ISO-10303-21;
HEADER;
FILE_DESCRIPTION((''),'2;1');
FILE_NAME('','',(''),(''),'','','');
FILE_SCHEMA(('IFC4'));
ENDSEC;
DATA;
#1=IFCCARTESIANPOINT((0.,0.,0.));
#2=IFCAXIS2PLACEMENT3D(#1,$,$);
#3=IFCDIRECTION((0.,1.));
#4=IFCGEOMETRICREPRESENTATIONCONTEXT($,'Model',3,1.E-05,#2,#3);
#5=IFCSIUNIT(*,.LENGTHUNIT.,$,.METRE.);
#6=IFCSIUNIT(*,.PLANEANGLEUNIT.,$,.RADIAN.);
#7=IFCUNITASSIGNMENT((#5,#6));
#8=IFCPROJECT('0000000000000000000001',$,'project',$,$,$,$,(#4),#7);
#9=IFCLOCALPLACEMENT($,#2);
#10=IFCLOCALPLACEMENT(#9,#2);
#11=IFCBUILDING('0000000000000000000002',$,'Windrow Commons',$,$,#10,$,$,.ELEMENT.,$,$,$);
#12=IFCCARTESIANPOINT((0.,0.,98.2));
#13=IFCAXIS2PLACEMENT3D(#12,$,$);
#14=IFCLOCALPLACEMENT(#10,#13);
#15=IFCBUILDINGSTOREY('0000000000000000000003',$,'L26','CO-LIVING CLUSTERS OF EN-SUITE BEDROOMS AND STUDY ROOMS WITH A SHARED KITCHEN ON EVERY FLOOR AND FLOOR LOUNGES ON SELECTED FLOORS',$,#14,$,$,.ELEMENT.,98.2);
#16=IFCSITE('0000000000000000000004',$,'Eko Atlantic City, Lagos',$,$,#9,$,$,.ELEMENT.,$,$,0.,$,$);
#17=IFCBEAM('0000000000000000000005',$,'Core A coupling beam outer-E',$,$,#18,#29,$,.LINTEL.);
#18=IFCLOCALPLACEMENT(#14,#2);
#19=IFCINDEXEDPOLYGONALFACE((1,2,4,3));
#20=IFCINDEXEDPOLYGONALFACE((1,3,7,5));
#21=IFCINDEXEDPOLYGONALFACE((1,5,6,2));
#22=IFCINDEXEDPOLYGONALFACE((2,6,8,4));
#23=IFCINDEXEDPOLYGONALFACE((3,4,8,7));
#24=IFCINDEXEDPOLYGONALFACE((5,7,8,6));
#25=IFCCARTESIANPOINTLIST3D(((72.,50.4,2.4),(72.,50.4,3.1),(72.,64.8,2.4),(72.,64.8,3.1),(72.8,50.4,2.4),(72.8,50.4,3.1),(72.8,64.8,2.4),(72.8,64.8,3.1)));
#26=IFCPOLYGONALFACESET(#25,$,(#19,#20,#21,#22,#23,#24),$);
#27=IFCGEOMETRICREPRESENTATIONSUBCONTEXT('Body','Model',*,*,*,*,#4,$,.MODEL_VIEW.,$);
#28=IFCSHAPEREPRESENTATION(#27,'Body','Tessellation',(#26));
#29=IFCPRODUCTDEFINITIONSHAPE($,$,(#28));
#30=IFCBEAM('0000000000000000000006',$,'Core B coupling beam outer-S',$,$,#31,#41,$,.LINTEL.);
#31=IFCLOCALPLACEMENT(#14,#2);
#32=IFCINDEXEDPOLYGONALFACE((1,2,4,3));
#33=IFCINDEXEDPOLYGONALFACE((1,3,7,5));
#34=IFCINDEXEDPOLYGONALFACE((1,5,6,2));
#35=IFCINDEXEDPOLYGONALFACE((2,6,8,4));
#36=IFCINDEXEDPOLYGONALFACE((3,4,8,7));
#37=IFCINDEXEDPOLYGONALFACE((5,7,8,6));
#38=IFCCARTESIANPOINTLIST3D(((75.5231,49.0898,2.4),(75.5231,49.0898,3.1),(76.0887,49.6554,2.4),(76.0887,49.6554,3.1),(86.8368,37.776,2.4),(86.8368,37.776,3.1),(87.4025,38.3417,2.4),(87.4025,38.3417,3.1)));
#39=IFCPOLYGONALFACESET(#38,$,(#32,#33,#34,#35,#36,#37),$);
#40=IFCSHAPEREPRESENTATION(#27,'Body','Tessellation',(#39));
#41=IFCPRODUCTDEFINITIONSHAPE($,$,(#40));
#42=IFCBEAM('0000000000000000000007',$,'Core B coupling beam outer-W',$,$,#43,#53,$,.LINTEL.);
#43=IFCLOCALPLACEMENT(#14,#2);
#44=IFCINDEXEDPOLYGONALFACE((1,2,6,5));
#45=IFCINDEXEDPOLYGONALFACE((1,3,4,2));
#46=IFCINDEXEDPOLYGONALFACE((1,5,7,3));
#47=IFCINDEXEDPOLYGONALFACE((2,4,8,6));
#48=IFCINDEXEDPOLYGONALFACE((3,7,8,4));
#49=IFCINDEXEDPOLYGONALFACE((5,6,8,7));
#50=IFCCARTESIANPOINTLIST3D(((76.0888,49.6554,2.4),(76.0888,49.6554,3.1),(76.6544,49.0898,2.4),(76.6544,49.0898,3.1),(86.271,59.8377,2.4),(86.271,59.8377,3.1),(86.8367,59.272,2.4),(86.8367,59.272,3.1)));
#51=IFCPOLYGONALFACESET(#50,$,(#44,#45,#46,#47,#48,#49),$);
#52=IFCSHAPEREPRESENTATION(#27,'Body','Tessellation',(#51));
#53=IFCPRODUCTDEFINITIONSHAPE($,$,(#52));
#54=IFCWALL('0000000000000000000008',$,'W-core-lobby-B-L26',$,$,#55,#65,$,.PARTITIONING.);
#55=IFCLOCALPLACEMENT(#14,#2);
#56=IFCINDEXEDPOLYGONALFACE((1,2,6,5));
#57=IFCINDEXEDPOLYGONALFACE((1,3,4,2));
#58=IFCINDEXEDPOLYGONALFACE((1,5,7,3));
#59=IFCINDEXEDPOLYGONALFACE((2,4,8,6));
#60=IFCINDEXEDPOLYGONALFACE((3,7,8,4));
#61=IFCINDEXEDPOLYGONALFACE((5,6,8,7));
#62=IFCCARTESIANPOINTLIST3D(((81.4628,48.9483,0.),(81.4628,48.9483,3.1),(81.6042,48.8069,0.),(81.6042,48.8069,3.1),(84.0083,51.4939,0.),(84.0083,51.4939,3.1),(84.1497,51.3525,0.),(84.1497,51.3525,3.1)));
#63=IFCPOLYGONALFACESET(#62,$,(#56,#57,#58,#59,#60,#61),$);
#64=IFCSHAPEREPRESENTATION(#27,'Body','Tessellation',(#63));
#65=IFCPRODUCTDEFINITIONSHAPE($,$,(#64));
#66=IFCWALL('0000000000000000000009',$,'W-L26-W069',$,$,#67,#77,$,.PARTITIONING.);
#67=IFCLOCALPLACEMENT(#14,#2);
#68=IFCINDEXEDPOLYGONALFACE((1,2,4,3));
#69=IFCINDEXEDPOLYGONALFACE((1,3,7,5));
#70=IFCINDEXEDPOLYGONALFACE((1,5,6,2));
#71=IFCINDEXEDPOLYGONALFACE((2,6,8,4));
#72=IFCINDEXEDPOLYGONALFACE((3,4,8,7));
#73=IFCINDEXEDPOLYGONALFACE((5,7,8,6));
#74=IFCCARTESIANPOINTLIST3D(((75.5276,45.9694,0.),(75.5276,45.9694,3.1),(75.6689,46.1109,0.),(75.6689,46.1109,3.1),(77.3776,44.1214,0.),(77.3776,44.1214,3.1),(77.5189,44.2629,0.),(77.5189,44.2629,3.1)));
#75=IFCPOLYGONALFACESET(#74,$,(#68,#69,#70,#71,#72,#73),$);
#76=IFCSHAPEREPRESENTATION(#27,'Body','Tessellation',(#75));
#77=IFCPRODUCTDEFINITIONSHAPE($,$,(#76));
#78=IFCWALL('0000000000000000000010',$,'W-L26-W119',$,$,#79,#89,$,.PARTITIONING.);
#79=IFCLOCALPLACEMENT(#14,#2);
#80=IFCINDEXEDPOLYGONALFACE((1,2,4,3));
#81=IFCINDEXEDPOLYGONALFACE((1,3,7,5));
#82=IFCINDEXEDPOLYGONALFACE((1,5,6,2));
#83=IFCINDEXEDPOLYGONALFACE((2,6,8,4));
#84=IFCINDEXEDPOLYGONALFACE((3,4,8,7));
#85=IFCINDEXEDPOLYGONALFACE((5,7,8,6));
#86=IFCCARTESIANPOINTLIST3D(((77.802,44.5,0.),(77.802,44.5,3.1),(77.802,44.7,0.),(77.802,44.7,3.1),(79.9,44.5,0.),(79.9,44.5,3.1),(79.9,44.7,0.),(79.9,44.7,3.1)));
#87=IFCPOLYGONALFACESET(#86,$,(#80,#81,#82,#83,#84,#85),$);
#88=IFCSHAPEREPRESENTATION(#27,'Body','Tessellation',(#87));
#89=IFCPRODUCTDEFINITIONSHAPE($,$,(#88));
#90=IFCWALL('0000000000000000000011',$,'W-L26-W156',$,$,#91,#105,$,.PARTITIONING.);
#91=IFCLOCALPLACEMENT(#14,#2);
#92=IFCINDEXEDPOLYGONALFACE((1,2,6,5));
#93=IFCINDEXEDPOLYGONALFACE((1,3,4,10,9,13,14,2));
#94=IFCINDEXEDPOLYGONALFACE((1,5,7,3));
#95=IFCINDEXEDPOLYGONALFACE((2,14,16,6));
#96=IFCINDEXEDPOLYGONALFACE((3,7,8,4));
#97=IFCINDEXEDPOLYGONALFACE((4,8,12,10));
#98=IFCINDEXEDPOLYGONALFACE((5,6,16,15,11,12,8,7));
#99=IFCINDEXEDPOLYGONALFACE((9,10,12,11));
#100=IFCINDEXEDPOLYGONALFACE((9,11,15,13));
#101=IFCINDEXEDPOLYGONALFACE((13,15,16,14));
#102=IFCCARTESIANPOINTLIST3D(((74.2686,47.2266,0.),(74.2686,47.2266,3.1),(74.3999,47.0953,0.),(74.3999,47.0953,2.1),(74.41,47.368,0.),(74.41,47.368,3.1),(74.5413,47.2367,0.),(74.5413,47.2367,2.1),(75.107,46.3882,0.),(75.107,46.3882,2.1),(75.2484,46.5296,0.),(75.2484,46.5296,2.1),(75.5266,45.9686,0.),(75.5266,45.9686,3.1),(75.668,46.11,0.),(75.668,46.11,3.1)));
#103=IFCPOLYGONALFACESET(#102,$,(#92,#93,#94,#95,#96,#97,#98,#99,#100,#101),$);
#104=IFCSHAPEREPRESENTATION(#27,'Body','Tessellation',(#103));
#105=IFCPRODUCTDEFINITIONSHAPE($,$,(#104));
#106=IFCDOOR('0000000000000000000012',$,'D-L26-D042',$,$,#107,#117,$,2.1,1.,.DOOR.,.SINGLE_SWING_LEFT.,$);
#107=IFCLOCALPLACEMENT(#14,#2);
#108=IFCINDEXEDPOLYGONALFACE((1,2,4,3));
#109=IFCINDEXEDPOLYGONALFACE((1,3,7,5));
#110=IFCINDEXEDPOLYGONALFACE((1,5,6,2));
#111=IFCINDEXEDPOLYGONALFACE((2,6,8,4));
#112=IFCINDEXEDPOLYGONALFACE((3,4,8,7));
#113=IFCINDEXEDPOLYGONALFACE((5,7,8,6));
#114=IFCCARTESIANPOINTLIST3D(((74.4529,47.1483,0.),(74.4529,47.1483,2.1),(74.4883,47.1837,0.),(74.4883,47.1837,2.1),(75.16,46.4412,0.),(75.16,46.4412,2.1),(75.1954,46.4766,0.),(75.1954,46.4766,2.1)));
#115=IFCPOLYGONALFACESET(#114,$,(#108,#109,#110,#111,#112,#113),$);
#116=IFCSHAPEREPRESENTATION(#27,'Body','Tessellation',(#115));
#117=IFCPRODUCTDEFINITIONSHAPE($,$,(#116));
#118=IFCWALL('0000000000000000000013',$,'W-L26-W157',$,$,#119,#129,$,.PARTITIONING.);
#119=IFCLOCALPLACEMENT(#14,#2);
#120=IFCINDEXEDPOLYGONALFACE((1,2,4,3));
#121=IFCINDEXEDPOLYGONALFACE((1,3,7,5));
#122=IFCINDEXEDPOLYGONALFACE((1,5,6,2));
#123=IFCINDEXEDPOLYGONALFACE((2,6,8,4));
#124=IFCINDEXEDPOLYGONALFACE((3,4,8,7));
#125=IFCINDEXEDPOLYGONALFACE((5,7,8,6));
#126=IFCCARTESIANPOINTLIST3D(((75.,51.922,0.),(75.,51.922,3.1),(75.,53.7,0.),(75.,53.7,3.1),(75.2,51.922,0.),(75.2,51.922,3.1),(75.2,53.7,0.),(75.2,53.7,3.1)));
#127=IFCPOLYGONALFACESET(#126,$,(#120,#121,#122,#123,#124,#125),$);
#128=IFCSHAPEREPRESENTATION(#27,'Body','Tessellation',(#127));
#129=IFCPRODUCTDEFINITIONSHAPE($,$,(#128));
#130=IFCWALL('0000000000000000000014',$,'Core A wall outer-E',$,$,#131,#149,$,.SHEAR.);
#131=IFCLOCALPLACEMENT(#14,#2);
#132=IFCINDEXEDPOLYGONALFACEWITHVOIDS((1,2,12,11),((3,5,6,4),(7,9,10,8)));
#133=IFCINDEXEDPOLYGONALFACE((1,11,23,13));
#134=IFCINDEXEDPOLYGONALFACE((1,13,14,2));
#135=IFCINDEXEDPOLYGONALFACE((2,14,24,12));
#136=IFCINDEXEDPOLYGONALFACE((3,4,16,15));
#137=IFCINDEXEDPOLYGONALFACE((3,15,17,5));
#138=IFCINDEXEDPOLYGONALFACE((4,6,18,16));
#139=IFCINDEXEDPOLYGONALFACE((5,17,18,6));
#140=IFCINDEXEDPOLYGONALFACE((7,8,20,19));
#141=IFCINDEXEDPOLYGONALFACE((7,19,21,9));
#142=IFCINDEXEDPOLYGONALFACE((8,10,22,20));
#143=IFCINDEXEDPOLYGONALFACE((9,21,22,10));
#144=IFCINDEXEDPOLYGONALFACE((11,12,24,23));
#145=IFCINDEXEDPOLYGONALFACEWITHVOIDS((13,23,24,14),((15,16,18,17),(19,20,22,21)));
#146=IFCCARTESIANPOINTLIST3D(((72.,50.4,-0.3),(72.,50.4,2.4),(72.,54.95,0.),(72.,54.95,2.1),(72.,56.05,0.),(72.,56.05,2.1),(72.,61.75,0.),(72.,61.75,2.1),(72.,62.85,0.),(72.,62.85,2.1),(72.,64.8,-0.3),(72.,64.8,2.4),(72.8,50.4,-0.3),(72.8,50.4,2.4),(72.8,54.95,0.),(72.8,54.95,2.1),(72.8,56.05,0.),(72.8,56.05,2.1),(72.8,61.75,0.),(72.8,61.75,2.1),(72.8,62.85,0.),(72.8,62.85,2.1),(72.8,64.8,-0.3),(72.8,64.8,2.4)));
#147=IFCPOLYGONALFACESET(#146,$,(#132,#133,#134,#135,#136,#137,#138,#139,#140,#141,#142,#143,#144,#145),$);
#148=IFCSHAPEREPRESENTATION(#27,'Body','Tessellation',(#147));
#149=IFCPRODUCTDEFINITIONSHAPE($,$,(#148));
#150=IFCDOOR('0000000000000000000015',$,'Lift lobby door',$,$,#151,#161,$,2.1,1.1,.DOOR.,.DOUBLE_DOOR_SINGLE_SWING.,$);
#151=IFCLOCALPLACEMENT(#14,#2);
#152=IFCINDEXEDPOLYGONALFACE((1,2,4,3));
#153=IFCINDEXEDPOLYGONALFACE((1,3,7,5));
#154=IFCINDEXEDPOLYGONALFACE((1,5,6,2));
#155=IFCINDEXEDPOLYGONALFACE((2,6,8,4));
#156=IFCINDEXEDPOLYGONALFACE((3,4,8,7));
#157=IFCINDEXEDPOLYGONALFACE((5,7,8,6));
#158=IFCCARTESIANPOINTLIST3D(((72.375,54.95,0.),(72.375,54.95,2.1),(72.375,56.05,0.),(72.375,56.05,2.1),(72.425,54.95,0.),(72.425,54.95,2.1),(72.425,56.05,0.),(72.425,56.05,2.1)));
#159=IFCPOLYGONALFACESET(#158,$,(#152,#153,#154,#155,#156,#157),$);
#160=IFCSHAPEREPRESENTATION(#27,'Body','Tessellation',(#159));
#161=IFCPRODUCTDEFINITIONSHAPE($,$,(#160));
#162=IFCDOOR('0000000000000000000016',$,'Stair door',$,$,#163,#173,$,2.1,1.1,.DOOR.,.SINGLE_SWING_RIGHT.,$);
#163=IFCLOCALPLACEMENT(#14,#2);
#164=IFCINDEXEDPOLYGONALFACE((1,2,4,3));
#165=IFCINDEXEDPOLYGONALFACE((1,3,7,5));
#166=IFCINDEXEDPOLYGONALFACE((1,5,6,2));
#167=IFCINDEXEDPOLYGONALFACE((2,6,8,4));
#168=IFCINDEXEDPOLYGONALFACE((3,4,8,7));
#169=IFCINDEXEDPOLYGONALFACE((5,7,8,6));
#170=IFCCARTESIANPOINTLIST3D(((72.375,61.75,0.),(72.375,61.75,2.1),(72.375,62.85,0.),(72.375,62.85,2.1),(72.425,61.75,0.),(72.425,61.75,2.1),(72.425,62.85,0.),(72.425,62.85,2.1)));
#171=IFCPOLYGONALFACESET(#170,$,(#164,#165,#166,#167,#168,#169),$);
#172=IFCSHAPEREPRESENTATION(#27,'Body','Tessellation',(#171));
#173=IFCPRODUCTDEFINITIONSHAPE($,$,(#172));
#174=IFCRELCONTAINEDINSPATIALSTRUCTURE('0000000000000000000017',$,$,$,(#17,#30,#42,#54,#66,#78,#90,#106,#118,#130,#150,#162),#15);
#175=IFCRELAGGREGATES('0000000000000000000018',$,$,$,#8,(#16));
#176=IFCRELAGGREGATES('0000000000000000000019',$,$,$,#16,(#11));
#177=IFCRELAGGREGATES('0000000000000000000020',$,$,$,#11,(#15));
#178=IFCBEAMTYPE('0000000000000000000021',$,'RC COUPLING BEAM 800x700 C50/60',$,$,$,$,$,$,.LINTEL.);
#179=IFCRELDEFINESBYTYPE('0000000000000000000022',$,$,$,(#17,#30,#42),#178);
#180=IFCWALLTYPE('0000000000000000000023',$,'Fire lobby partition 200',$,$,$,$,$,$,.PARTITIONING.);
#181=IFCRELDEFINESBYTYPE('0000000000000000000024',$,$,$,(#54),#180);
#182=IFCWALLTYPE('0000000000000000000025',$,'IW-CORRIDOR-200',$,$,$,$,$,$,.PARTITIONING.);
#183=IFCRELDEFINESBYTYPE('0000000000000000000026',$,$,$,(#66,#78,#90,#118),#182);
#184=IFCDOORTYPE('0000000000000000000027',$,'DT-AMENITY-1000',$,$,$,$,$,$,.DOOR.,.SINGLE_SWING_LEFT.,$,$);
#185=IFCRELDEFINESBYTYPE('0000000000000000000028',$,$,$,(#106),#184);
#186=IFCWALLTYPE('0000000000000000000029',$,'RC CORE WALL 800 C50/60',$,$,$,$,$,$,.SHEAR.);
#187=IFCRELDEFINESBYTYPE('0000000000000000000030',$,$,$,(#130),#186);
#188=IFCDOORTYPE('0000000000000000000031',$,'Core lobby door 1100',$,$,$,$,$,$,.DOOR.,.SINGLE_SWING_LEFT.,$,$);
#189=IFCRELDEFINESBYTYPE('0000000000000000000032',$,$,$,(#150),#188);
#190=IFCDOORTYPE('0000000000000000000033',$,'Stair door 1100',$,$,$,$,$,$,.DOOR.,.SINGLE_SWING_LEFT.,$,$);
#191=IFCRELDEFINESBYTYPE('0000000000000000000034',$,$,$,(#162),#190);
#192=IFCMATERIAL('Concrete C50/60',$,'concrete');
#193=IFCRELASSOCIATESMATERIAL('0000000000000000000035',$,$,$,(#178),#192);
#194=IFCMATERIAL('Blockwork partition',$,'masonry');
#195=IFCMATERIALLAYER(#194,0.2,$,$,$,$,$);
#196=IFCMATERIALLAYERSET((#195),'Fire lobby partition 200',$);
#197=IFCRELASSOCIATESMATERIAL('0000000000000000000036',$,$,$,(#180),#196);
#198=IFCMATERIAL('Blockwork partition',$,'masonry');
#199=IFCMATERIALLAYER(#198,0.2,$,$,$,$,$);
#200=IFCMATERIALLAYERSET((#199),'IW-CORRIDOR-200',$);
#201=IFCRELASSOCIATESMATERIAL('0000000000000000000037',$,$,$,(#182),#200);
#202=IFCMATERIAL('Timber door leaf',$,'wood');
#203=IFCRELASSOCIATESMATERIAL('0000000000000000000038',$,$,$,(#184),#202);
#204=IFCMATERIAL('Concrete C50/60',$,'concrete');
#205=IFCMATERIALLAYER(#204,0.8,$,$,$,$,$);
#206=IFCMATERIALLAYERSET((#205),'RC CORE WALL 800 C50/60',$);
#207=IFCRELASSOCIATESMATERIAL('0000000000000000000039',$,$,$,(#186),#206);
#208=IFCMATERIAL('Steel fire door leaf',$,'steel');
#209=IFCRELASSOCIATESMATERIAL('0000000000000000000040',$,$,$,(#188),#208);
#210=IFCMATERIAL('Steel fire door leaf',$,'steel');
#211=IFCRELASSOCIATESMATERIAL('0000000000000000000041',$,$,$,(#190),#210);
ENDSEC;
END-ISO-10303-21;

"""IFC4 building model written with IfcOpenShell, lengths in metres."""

from ifc_helpers import new_model, si_unit, direction, frame, frame_2d, origin, origin_2d, place, context, subcontext, project, spatial, rectangle, extrude, material, layer, layer_set, material_profile, profile_set, type_object, element, fill, save


model = new_model("IFC4")

# Units and contexts
model_context = context("Model", 3, precision=1e-05, world=origin(), true_north=direction((0.0, 1.0)))
body_context = subcontext(model_context, "Body", "Model", "MODEL_VIEW")
ifc_project = project(units=[si_unit("LENGTHUNIT", "METRE"), si_unit("PLANEANGLEUNIT", "RADIAN")], contexts=[model_context])

# Site, building, storey
site_placement = place(None, origin())
site = spatial("IfcSite", under=ifc_project, at=site_placement, Name="Eko Atlantic City, Lagos", CompositionType="ELEMENT", RefElevation=0.0)
building_placement = place(site_placement, origin())
building = spatial("IfcBuilding", under=site, at=building_placement, Name="Windrow Commons", CompositionType="ELEMENT")
storey_placement = place(building_placement, frame((0.0, 0.0, 98.2)))
storey = spatial("IfcBuildingStorey", under=building, at=storey_placement, Name="L26", Description="CO-LIVING CLUSTERS OF EN-SUITE BEDROOMS AND STUDY ROOMS WITH A SHARED KITCHEN ON EVERY FLOOR AND FLOOR LOUNGES ON SELECTED FLOORS", CompositionType="ELEMENT", Elevation=98.2)

# Beams
ifc_material_1 = material(Name="Concrete C50/60", Category="concrete")
ifc_material_profile = material_profile(ifc_material_1, rectangle(XDim=0.8, YDim=0.7, at=origin_2d()))
ifc_profile_set = profile_set([ifc_material_profile], Name="Concrete C50/60")
beam_type = type_object("IfcBeamType", Name="RC COUPLING BEAM 800x700 C50/60", PredefinedType="LINTEL", material=ifc_profile_set)
beam_1_placement = place(storey_placement, frame((72.4, 50.4, 2.75), z_axis=(0.0, 1.0, 0.0), x_axis=(-1.0, 0.0, 0.0)))
element("IfcBeam", 1, at=beam_1_placement, inside=storey, type_object=beam_type, Name="Core A coupling beam outer-E", PredefinedType="LINTEL", context=body_context, shape_type="SweptSolid", body=[
    extrude(rectangle(XDim=0.8, YDim=0.7, at=origin_2d()), origin(), (0.0, 0.0, 1.0), 14.4),
])
beam_2_placement = place(storey_placement, frame((75.8059, 49.3726, 2.75), z_axis=(0.707107, -0.707107, 0.0), x_axis=(0.707107, 0.707107, 0.0)))
element("IfcBeam", 2, at=beam_2_placement, inside=storey, type_object=beam_type, Name="Core B coupling beam outer-S", PredefinedType="LINTEL", context=body_context, shape_type="SweptSolid", body=[
    extrude(rectangle(XDim=0.8, YDim=0.7, at=origin_2d()), origin(), (0.0, 0.0, 1.0), 16.0),
])
beam_3_placement = place(storey_placement, frame((76.3716, 49.3726, 2.75), z_axis=(0.707107, 0.707107, 0.0), x_axis=(-0.707107, 0.707107, 0.0)))
element("IfcBeam", 3, at=beam_3_placement, inside=storey, type_object=beam_type, Name="Core B coupling beam outer-W", PredefinedType="LINTEL", context=body_context, shape_type="SweptSolid", body=[
    extrude(rectangle(XDim=0.8, YDim=0.7, at=origin_2d()), origin(), (0.0, 0.0, 1.0), 14.3999),
])

# Walls
ifc_material_2 = material(Name="Blockwork partition", Category="masonry")
ifc_layer_1 = layer(ifc_material_2, 0.2)
ifc_layer_set_1 = layer_set([ifc_layer_1], Name="Fire lobby partition 200")
wall_type_1 = type_object("IfcWallType", Name="Fire lobby partition 200", PredefinedType="PARTITIONING", material=ifc_layer_set_1)
wall_1_placement = place(storey_placement, frame((81.5335, 48.8776, 0.0), z_axis=(0.0, 0.0, 1.0), x_axis=(0.707093, 0.707121, 0.0)))
element("IfcWall", 4, at=wall_1_placement, inside=storey, type_object=wall_type_1, Name="W-core-lobby-B-L26", PredefinedType="PARTITIONING", context=body_context, shape_type="SweptSolid", body=[
    extrude(rectangle(XDim=3.6, YDim=0.2, at=frame_2d((1.8, 0.0))), origin(), (0.0, 0.0, 1.0), 3.1),
])
ifc_material_3 = material(Name="Blockwork partition", Category="masonry")
ifc_layer_2 = layer(ifc_material_3, 0.2)
ifc_layer_set_2 = layer_set([ifc_layer_2], Name="IW-CORRIDOR-200")
wall_type_2 = type_object("IfcWallType", Name="IW-CORRIDOR-200", PredefinedType="PARTITIONING", material=ifc_layer_set_2)
wall_2_placement = place(storey_placement, frame((75.5982, 46.0402, 0.0), z_axis=(0.0, 0.0, 1.0), x_axis=(0.707489, -0.706724, 0.0)))
element("IfcWall", 5, at=wall_2_placement, inside=storey, type_object=wall_type_2, Name="W-L26-W069", PredefinedType="PARTITIONING", context=body_context, shape_type="SweptSolid", body=[
    extrude(rectangle(XDim=2.6149, YDim=0.2, at=frame_2d((1.3075, 0.0))), origin(), (0.0, 0.0, 1.0), 3.1),
])
wall_3_placement = place(storey_placement, frame((77.802, 44.6, 0.0), z_axis=(0.0, 0.0, 1.0), x_axis=(1.0, 0.0, 0.0)))
element("IfcWall", 6, at=wall_3_placement, inside=storey, type_object=wall_type_2, Name="W-L26-W119", PredefinedType="PARTITIONING", context=body_context, shape_type="SweptSolid", body=[
    extrude(rectangle(XDim=2.098, YDim=0.2, at=frame_2d((1.049, 0.0))), origin(), (0.0, 0.0, 1.0), 3.1),
])

# Wall, opening, door
wall_4_placement = place(storey_placement, frame((74.3393, 47.2973, 0.0), z_axis=(0.0, 0.0, 1.0), x_axis=(0.707107, -0.707107, 0.0)))
wall_4 = element("IfcWall", 7, at=wall_4_placement, inside=storey, type_object=wall_type_2, Name="W-L26-W156", PredefinedType="PARTITIONING", context=body_context, shape_type="SweptSolid", body=[
    extrude(rectangle(XDim=1.7791, YDim=0.2, at=frame_2d((0.8895, 0.0))), origin(), (0.0, 0.0, 1.0), 3.1),
])
opening_1_placement = place(wall_4_placement, frame((0.1857, 0.0, 0.0)))
opening_1 = element("IfcOpeningElement", 8, at=opening_1_placement, cuts=wall_4, PredefinedType="OPENING", context=body_context, shape_type="SweptSolid", body=[
    extrude(rectangle(XDim=1.0, YDim=2.1, at=frame_2d((0.5, 1.05))), frame((0.0, 0.11, 0.0), z_axis=(0.0, -1.0, 0.0), x_axis=(1.0, 0.0, 0.0)), (0.0, 0.0, 1.0), 0.22),
])
ifc_material_4 = material(Name="Timber door leaf", Category="wood")
door_type_1 = type_object("IfcDoorType", Name="DT-AMENITY-1000", OperationType="SINGLE_SWING_LEFT", PredefinedType="DOOR", material=ifc_material_4)
door_1_placement = place(opening_1_placement, origin())
door_1 = element("IfcDoor", 9, at=door_1_placement, inside=storey, type_object=door_type_1, Name="D-L26-D042", OperationType="SINGLE_SWING_LEFT", OverallHeight=2.1, OverallWidth=1.0, PredefinedType="DOOR", context=body_context, shape_type="SweptSolid", body=[
    extrude(rectangle(XDim=1.0, YDim=2.1, at=frame_2d((0.5, 1.05))), frame((0.0, 0.025, 0.0), z_axis=(0.0, -1.0, 0.0), x_axis=(1.0, 0.0, 0.0)), (0.0, 0.0, 1.0), 0.05),
])
fill(opening_1, door_1)

# Wall
wall_5_placement = place(storey_placement, frame((75.1, 51.922, 0.0), z_axis=(0.0, 0.0, 1.0), x_axis=(0.0, 1.0, 0.0)))
element("IfcWall", 10, at=wall_5_placement, inside=storey, type_object=wall_type_2, Name="W-L26-W157", PredefinedType="PARTITIONING", context=body_context, shape_type="SweptSolid", body=[
    extrude(rectangle(XDim=1.778, YDim=0.2, at=frame_2d((0.889, 0.0))), origin(), (0.0, 0.0, 1.0), 3.1),
])

# Wall, openings, doors
ifc_material_5 = material(Name="Concrete C50/60", Category="concrete")
ifc_layer_3 = layer(ifc_material_5, 0.8)
ifc_layer_set_3 = layer_set([ifc_layer_3], Name="RC CORE WALL 800 C50/60")
wall_type_3 = type_object("IfcWallType", Name="RC CORE WALL 800 C50/60", PredefinedType="SHEAR", material=ifc_layer_set_3)
wall_6_placement = place(storey_placement, frame((72.4, 50.4, -0.3), z_axis=(0.0, 0.0, 1.0), x_axis=(0.0, 1.0, 0.0)))
wall_6 = element("IfcWall", 11, at=wall_6_placement, inside=storey, type_object=wall_type_3, Name="Core A wall outer-E", PredefinedType="SHEAR", context=body_context, shape_type="SweptSolid", body=[
    extrude(rectangle(XDim=14.4, YDim=0.8, at=frame_2d((7.2, 0.0))), origin(), (0.0, 0.0, 1.0), 2.7),
])
opening_2_placement = place(wall_6_placement, frame((4.55, 0.0, 0.3)))
opening_2 = element("IfcOpeningElement", 12, at=opening_2_placement, cuts=wall_6, PredefinedType="OPENING", context=body_context, shape_type="SweptSolid", body=[
    extrude(rectangle(XDim=1.1, YDim=2.1, at=frame_2d((0.55, 1.05))), frame((0.0, 0.41, 0.0), z_axis=(0.0, -1.0, 0.0), x_axis=(1.0, 0.0, 0.0)), (0.0, 0.0, 1.0), 0.82),
])
opening_3_placement = place(wall_6_placement, frame((11.35, 0.0, 0.3)))
opening_3 = element("IfcOpeningElement", 13, at=opening_3_placement, cuts=wall_6, PredefinedType="OPENING", context=body_context, shape_type="SweptSolid", body=[
    extrude(rectangle(XDim=1.1, YDim=2.1, at=frame_2d((0.55, 1.05))), frame((0.0, 0.41, 0.0), z_axis=(0.0, -1.0, 0.0), x_axis=(1.0, 0.0, 0.0)), (0.0, 0.0, 1.0), 0.82),
])
ifc_material_6 = material(Name="Steel fire door leaf", Category="steel")
door_type_2 = type_object("IfcDoorType", Name="Core lobby door 1100", OperationType="SINGLE_SWING_LEFT", PredefinedType="DOOR", material=ifc_material_6)
door_2_placement = place(opening_2_placement, origin())
door_2 = element("IfcDoor", 14, at=door_2_placement, inside=storey, type_object=door_type_2, Name="Lift lobby door", OperationType="DOUBLE_DOOR_SINGLE_SWING", OverallHeight=2.1, OverallWidth=1.1, PredefinedType="DOOR", context=body_context, shape_type="SweptSolid", body=[
    extrude(rectangle(XDim=1.1, YDim=2.1, at=frame_2d((0.55, 1.05))), frame((0.0, 0.025, 0.0), z_axis=(0.0, -1.0, 0.0), x_axis=(1.0, 0.0, 0.0)), (0.0, 0.0, 1.0), 0.05),
])
fill(opening_2, door_2)
ifc_material_7 = material(Name="Steel fire door leaf", Category="steel")
door_type_3 = type_object("IfcDoorType", Name="Stair door 1100", OperationType="SINGLE_SWING_LEFT", PredefinedType="DOOR", material=ifc_material_7)
door_3_placement = place(opening_3_placement, origin())
door_3 = element("IfcDoor", 15, at=door_3_placement, inside=storey, type_object=door_type_3, Name="Stair door", OperationType="SINGLE_SWING_RIGHT", OverallHeight=2.1, OverallWidth=1.1, PredefinedType="DOOR", context=body_context, shape_type="SweptSolid", body=[
    extrude(rectangle(XDim=1.1, YDim=2.1, at=frame_2d((0.55, 1.05))), frame((0.0, 0.025, 0.0), z_axis=(0.0, -1.0, 0.0), x_axis=(1.0, 0.0, 0.0)), (0.0, 0.0, 1.0), 0.05),
])
fill(opening_3, door_3)

save(model, "model.ifc")
